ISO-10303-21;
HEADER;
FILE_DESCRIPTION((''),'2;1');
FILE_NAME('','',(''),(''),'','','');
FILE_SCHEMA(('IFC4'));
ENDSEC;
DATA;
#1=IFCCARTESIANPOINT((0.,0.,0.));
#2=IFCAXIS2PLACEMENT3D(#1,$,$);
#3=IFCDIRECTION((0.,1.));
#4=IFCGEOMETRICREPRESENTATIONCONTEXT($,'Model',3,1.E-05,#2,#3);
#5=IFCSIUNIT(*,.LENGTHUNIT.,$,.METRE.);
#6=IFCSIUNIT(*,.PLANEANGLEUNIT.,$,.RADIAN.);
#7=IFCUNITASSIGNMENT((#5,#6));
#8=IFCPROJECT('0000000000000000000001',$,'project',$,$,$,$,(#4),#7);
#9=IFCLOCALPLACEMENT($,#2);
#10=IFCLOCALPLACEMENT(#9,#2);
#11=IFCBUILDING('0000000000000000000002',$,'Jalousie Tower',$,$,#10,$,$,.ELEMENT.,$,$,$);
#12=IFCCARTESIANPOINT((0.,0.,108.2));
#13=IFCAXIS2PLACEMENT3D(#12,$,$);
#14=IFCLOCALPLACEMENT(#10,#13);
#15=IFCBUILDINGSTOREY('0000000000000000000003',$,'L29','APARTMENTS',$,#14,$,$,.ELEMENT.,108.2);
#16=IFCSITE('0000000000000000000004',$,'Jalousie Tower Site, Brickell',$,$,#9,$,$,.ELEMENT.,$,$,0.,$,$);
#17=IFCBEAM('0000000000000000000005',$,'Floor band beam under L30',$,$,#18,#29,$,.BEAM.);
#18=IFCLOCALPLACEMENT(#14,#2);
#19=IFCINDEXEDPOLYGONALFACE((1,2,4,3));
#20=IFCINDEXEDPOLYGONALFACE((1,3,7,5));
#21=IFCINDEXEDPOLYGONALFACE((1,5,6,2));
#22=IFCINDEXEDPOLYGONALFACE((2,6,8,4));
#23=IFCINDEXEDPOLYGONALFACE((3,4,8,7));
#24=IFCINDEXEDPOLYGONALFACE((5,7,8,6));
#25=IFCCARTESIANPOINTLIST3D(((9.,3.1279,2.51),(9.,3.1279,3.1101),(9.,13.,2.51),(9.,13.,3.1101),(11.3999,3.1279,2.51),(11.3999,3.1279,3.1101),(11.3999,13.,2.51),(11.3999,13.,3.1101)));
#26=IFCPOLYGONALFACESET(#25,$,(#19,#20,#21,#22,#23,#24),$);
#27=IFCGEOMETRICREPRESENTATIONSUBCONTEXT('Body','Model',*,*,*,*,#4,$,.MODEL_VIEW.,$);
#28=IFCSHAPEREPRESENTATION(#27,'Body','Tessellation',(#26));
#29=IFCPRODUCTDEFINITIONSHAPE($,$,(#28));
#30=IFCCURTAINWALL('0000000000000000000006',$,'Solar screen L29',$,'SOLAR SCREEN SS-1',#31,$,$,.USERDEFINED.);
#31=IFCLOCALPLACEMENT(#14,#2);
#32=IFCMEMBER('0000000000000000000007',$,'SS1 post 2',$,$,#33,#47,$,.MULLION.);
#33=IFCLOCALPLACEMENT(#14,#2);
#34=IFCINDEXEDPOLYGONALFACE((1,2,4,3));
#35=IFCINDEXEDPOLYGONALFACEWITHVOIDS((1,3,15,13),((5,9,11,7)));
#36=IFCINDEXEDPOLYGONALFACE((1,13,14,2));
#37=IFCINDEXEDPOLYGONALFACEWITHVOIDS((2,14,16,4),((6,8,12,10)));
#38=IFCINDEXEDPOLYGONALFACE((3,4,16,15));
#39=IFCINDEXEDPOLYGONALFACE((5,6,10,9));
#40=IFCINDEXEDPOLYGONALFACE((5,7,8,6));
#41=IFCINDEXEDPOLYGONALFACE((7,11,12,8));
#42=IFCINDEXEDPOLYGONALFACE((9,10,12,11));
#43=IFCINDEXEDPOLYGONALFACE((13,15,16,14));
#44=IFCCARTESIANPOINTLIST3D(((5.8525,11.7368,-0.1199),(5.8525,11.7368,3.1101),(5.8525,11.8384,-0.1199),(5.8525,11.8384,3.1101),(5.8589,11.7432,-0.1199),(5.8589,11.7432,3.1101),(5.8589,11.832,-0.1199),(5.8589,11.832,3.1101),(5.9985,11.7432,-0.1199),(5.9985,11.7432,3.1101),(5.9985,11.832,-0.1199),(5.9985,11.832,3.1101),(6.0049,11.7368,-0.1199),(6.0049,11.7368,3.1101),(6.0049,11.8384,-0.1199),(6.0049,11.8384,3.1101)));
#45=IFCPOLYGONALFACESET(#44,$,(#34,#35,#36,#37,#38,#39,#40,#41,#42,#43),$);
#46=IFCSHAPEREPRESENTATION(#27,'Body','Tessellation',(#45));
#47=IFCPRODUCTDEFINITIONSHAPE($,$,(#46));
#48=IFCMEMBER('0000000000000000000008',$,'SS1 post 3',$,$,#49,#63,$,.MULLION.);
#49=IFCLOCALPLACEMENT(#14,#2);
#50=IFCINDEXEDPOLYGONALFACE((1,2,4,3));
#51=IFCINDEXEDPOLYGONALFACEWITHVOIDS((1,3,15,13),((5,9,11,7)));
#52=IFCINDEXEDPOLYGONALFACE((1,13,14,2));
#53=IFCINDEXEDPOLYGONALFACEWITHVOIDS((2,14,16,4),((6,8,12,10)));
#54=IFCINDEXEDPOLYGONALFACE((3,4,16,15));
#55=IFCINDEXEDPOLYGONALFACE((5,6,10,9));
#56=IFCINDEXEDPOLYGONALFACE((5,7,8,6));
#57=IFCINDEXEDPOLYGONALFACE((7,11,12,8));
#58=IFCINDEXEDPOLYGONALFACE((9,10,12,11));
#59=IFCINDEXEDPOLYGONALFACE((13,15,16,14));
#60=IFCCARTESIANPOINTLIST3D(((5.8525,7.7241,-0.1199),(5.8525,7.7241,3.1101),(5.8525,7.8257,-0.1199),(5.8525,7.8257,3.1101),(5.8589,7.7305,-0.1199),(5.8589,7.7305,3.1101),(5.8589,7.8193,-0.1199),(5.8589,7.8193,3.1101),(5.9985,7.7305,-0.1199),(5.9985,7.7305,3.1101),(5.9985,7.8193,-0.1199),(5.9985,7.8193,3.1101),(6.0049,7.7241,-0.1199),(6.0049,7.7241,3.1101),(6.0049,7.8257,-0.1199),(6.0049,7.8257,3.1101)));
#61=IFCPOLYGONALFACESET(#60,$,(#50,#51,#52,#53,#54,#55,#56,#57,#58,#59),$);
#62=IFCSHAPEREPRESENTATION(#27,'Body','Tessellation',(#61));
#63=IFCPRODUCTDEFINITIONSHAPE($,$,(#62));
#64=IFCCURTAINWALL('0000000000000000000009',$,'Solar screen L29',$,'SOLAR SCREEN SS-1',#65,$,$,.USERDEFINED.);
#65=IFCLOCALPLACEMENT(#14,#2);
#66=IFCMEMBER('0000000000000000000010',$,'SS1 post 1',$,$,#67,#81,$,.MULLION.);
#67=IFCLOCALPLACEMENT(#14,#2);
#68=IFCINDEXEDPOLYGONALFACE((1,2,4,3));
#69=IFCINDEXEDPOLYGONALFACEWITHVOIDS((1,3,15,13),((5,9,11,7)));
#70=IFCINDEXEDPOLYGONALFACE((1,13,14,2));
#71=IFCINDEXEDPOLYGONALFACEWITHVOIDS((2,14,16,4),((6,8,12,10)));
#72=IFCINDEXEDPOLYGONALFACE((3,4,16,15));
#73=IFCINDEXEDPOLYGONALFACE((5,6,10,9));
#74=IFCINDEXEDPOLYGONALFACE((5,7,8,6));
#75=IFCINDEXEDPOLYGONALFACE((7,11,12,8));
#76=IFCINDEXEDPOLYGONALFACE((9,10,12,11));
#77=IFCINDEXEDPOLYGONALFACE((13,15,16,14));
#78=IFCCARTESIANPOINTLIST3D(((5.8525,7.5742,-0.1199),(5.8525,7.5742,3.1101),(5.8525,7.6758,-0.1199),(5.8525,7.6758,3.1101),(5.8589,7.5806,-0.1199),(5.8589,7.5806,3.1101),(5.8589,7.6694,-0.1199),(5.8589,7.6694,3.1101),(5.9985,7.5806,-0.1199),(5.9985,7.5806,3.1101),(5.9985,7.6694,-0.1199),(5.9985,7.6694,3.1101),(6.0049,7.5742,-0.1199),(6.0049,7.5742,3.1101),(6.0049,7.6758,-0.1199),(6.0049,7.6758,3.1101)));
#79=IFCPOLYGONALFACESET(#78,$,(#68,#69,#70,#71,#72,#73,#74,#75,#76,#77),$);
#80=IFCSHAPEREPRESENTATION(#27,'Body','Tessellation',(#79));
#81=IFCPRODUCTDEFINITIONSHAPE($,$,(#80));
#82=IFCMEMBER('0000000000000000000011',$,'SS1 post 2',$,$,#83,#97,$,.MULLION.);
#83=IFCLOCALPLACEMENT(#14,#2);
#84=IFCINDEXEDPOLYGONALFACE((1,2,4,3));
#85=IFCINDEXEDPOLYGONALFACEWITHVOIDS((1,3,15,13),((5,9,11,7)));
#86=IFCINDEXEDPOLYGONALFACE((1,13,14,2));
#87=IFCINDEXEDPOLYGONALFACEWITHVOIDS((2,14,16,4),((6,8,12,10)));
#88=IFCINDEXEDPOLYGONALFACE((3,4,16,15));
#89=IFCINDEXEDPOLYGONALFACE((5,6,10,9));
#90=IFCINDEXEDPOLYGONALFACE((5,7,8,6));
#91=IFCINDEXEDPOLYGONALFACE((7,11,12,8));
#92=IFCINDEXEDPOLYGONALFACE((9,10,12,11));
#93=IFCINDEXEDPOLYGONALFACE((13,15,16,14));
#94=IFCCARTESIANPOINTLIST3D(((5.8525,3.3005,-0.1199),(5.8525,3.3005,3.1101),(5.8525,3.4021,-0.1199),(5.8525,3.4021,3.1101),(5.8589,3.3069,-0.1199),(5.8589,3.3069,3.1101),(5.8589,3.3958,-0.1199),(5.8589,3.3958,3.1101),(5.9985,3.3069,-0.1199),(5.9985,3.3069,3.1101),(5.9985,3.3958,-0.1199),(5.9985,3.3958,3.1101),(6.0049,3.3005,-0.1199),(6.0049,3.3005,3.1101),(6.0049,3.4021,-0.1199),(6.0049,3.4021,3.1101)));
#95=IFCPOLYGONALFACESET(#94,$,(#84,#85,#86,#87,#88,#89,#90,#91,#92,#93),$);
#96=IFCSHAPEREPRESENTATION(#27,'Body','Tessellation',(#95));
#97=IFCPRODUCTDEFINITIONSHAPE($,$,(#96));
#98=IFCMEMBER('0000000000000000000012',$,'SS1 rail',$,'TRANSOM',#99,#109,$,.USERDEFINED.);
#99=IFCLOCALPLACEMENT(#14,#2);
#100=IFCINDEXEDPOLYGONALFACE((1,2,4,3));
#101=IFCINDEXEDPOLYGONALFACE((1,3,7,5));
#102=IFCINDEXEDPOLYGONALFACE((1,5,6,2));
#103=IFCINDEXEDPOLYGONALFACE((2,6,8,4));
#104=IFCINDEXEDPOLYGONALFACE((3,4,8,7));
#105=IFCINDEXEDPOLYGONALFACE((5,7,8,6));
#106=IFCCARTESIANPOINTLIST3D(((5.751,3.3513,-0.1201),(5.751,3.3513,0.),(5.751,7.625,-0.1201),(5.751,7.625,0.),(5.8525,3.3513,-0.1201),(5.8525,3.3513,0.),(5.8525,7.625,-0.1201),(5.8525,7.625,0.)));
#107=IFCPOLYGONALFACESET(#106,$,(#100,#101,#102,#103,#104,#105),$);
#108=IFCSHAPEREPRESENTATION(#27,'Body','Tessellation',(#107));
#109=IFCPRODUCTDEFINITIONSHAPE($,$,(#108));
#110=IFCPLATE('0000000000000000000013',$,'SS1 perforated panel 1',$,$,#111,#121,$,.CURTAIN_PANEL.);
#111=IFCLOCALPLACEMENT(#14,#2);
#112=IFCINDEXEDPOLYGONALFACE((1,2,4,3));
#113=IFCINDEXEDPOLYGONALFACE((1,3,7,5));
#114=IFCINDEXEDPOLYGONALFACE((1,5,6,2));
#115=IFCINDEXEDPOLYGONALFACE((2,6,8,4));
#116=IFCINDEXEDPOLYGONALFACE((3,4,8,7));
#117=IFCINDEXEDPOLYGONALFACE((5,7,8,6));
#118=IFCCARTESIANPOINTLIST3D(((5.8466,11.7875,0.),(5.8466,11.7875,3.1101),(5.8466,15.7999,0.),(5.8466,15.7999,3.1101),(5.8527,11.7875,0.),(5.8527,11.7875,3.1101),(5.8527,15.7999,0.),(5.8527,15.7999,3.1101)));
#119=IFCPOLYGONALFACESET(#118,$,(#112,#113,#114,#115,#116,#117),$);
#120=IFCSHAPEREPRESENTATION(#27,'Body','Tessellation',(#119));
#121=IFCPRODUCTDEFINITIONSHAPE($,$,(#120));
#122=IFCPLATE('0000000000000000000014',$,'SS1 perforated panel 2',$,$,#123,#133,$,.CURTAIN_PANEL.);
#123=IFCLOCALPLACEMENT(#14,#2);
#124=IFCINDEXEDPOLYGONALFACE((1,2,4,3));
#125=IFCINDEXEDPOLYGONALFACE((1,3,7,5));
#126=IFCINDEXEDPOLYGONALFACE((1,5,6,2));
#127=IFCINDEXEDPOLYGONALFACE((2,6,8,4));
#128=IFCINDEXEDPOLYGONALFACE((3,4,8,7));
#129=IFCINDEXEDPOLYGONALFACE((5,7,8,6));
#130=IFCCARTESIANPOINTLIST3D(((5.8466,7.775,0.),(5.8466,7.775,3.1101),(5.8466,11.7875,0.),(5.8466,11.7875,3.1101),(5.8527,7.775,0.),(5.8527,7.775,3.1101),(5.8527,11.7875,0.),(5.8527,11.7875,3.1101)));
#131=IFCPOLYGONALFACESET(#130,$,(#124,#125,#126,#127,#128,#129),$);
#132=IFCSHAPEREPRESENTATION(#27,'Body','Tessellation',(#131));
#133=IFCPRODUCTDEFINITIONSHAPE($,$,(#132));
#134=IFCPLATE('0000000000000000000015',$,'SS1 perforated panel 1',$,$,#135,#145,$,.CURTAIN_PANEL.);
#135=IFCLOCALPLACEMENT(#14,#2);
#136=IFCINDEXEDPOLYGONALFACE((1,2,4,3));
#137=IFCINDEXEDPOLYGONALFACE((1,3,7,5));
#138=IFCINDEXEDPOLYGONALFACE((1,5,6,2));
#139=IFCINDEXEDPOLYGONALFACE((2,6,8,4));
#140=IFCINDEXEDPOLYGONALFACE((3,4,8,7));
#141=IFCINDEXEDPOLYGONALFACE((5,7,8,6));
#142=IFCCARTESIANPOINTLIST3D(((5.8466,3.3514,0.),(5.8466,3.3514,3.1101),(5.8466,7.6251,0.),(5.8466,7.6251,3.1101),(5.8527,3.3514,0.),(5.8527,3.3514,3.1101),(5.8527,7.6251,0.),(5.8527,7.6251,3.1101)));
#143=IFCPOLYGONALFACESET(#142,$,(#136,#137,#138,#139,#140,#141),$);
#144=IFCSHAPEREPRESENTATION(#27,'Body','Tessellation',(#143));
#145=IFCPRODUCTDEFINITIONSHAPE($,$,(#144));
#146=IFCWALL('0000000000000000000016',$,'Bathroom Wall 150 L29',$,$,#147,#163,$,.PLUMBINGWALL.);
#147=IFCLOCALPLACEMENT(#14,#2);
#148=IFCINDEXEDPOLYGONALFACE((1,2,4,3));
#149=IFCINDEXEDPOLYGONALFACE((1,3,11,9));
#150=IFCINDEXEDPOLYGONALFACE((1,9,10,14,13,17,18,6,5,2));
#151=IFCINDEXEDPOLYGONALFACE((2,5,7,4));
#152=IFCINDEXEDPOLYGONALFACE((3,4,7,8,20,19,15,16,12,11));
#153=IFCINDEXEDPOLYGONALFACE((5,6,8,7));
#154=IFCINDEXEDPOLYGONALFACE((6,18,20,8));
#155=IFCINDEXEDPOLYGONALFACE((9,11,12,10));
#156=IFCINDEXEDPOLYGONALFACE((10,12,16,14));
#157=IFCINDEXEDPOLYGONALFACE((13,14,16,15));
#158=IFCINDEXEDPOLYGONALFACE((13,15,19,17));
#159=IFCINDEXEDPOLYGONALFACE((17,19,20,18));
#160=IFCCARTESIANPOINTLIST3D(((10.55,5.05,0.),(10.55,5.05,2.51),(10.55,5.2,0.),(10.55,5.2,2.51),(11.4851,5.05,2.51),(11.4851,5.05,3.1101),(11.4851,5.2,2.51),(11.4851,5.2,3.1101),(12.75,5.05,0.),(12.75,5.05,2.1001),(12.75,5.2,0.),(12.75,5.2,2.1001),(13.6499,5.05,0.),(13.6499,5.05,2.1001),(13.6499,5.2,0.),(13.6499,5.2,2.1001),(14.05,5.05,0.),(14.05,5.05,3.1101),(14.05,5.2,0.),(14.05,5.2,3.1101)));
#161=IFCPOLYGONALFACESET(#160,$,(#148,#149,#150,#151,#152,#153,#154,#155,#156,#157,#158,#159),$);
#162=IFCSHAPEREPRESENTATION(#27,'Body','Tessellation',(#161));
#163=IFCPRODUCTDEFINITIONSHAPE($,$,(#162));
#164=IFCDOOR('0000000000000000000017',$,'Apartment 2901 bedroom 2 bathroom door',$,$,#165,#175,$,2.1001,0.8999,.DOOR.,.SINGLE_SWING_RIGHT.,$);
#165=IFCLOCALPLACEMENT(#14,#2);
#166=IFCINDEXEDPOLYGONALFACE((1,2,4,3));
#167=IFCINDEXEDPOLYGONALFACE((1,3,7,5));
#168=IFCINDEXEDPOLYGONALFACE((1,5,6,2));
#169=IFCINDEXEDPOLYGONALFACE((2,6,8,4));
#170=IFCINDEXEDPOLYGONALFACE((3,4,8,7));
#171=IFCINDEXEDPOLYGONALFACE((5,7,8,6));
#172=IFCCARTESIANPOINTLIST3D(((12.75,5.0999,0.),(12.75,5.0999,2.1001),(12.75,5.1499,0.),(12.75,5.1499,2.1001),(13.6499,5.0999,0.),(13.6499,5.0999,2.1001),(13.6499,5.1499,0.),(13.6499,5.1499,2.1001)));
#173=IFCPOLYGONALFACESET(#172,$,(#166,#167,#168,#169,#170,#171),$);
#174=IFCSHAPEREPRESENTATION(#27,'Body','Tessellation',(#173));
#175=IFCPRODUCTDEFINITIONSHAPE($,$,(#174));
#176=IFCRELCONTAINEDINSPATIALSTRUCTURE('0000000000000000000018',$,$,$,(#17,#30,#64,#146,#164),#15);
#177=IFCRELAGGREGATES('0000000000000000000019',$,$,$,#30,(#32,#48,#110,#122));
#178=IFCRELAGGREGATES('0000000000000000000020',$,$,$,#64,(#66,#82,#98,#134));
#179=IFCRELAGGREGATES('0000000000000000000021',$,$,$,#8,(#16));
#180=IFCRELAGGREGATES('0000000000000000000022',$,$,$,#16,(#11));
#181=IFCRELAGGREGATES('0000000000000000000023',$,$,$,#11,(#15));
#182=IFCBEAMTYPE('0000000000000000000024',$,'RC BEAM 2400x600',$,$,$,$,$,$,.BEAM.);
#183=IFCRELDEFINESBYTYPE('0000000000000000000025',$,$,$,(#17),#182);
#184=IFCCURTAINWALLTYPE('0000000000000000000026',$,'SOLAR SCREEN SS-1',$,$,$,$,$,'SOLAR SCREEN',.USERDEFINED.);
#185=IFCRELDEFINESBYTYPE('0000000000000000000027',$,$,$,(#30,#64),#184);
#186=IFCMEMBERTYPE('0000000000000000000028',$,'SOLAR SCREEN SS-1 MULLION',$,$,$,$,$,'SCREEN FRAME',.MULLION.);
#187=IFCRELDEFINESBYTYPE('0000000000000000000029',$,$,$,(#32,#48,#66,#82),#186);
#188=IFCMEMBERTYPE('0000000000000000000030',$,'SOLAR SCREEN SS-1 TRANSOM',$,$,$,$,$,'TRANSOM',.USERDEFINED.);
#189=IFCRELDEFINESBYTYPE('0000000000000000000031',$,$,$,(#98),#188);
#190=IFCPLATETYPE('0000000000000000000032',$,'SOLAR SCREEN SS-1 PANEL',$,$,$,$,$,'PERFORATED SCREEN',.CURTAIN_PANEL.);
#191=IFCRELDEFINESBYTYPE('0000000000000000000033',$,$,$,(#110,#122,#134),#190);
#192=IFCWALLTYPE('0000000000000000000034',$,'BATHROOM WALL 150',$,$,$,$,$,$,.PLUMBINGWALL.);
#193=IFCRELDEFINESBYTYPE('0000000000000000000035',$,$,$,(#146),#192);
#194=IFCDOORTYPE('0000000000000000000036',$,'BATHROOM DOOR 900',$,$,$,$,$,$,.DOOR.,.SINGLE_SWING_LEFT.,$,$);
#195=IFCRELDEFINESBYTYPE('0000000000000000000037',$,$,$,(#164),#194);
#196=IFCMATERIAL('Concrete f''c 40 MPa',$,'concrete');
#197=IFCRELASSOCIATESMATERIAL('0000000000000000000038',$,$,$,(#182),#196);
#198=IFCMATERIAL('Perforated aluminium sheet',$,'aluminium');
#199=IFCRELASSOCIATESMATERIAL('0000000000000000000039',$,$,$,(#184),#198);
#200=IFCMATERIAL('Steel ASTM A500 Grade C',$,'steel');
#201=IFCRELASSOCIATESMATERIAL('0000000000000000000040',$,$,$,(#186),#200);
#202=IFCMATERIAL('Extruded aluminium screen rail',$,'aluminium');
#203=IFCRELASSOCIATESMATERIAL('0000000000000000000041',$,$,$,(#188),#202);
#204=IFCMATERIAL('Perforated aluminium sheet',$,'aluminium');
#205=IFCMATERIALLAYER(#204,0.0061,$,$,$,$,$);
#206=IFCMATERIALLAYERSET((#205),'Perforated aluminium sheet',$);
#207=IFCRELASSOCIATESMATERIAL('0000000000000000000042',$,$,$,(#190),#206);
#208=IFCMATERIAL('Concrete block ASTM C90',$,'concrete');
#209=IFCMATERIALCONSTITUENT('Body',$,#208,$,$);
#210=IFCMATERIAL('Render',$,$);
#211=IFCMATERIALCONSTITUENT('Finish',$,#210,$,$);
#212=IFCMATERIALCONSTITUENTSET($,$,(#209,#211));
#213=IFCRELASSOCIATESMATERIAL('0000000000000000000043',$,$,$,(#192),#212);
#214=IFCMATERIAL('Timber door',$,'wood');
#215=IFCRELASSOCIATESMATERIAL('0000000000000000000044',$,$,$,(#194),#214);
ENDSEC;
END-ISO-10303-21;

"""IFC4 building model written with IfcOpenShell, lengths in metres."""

from ifc_helpers import new_model, si_unit, direction, frame, frame_2d, origin, origin_2d, place, context, subcontext, project, spatial, polyline, rectangle, hollow_rectangle, outline, extrude, material, layer, layer_set, constituent, constituent_set, material_profile, profile_set, type_object, element, fill, aggregate, save


model = new_model("IFC4")

# Units and contexts
model_context = context("Model", 3, precision=1e-05, world=origin(), true_north=direction((0.0, 1.0)))
body_context = subcontext(model_context, "Body", "Model", "MODEL_VIEW")
ifc_project = project(units=[si_unit("LENGTHUNIT", "METRE"), si_unit("PLANEANGLEUNIT", "RADIAN")], contexts=[model_context])

# Site, building, storey
site_placement = place(None, origin())
site = spatial("IfcSite", under=ifc_project, at=site_placement, Name="Jalousie Tower Site, Brickell", CompositionType="ELEMENT", RefElevation=0.0)
building_placement = place(site_placement, origin())
building = spatial("IfcBuilding", under=site, at=building_placement, Name="Jalousie Tower", CompositionType="ELEMENT")
storey_placement = place(building_placement, frame((0.0, 0.0, 108.2)))
storey = spatial("IfcBuildingStorey", under=building, at=storey_placement, Name="L29", Description="APARTMENTS", CompositionType="ELEMENT", Elevation=108.2)

# Beam
ifc_material_1 = material(Name="Concrete f'c 40 MPa", Category="concrete")
ifc_material_profile_1 = material_profile(ifc_material_1, rectangle(XDim=2.3999, YDim=0.6001, at=origin_2d()), Name="RC 2400x600")
ifc_profile_set_1 = profile_set([ifc_material_profile_1], Name="Concrete f'c 40 MPa")
beam_type_1 = type_object("IfcBeamType", Name="RC BEAM 2400x600", PredefinedType="BEAM", material=ifc_profile_set_1)
beam_1_placement = place(storey_placement, frame((10.2, 13.0, 2.8101), z_axis=(0.0, -1.0, 0.0), x_axis=(1.0, 0.0, 0.0)))
element("IfcBeam", 1, at=beam_1_placement, inside=storey, type_object=beam_type_1, Name="Floor band beam under L30", PredefinedType="BEAM", context=body_context, shape_type="SweptSolid", body=[
    extrude(rectangle(XDim=2.3999, YDim=0.6001, at=origin_2d()), origin(), (0.0, 0.0, 1.0), 9.8721),
])

# Curtain walls, members
ifc_material_2 = material(Name="Perforated aluminium sheet", Category="aluminium")
curtain_wall_type = type_object("IfcCurtainWallType", Name="SOLAR SCREEN SS-1", ElementType="SOLAR SCREEN", PredefinedType="USERDEFINED", material=ifc_material_2)
curtain_wall_1_placement = place(storey_placement, origin())
curtain_wall_1 = element("IfcCurtainWall", 2, at=curtain_wall_1_placement, inside=storey, type_object=curtain_wall_type, Name="Solar screen L29", ObjectType="SOLAR SCREEN SS-1", PredefinedType="USERDEFINED")
ifc_material_3 = material(Name="Steel ASTM A500 Grade C", Category="steel")
ifc_material_profile_2 = material_profile(ifc_material_3, hollow_rectangle(XDim=0.1016, YDim=0.1523, WallThickness=0.0063, at=origin_2d()), Name="HSS6X4X1/4")
ifc_profile_set_2 = profile_set([ifc_material_profile_2], Name="Steel ASTM A500 Grade C")
member_type_1 = type_object("IfcMemberType", Name="SOLAR SCREEN SS-1 MULLION", ElementType="SCREEN FRAME", PredefinedType="MULLION", material=ifc_profile_set_2)
member_1_placement = place(storey_placement, frame((5.9287, 11.7876, -0.1199), z_axis=(0.0, 0.0, 1.0), x_axis=(0.0, -1.0, 0.0)))
member_1 = element("IfcMember", 3, at=member_1_placement, type_object=member_type_1, Name="SS1 post 2", PredefinedType="MULLION", context=body_context, shape_type="SweptSolid", body=[
    extrude(hollow_rectangle(XDim=0.1016, YDim=0.1523, WallThickness=0.0063, at=origin_2d()), origin(), (0.0, 0.0, 1.0), 3.23),
])
member_2_placement = place(storey_placement, frame((5.9287, 7.7749, -0.1199), z_axis=(0.0, 0.0, 1.0), x_axis=(0.0, -1.0, 0.0)))
member_2 = element("IfcMember", 4, at=member_2_placement, type_object=member_type_1, Name="SS1 post 3", PredefinedType="MULLION", context=body_context, shape_type="SweptSolid", body=[
    extrude(hollow_rectangle(XDim=0.1016, YDim=0.1523, WallThickness=0.0063, at=origin_2d()), origin(), (0.0, 0.0, 1.0), 3.23),
])
curtain_wall_2_placement = place(storey_placement, origin())
curtain_wall_2 = element("IfcCurtainWall", 5, at=curtain_wall_2_placement, inside=storey, type_object=curtain_wall_type, Name="Solar screen L29", ObjectType="SOLAR SCREEN SS-1", PredefinedType="USERDEFINED")
member_3_placement = place(storey_placement, frame((5.9287, 7.625, -0.1199), z_axis=(0.0, 0.0, 1.0), x_axis=(0.0, -1.0, 0.0)))
member_3 = element("IfcMember", 6, at=member_3_placement, type_object=member_type_1, Name="SS1 post 1", PredefinedType="MULLION", context=body_context, shape_type="SweptSolid", body=[
    extrude(hollow_rectangle(XDim=0.1016, YDim=0.1523, WallThickness=0.0063, at=origin_2d()), origin(), (0.0, 0.0, 1.0), 3.23),
])
member_4_placement = place(storey_placement, frame((5.9287, 3.3513, -0.1199), z_axis=(0.0, 0.0, 1.0), x_axis=(0.0, -1.0, 0.0)))
member_4 = element("IfcMember", 7, at=member_4_placement, type_object=member_type_1, Name="SS1 post 2", PredefinedType="MULLION", context=body_context, shape_type="SweptSolid", body=[
    extrude(hollow_rectangle(XDim=0.1016, YDim=0.1523, WallThickness=0.0063, at=origin_2d()), origin(), (0.0, 0.0, 1.0), 3.23),
])
ifc_material_4 = material(Name="Extruded aluminium screen rail", Category="aluminium")
ifc_material_profile_3 = material_profile(ifc_material_4, rectangle(XDim=0.1016, YDim=0.1201, at=origin_2d()), Name="RAIL 102x120")
ifc_profile_set_3 = profile_set([ifc_material_profile_3], Name="Extruded aluminium screen rail")
member_type_2 = type_object("IfcMemberType", Name="SOLAR SCREEN SS-1 TRANSOM", ElementType="TRANSOM", PredefinedType="USERDEFINED", material=ifc_profile_set_3)
member_5_placement = place(storey_placement, frame((5.8018, 7.625, -0.0601), z_axis=(0.0, -1.0, 0.0), x_axis=(1.0, 0.0, 0.0)))
member_5 = element("IfcMember", 8, at=member_5_placement, type_object=member_type_2, Name="SS1 rail", ObjectType="TRANSOM", PredefinedType="USERDEFINED", context=body_context, shape_type="SweptSolid", body=[
    extrude(rectangle(XDim=0.1016, YDim=0.1201, at=origin_2d()), origin(), (0.0, 0.0, 1.0), 4.2737),
])

# Plates
ifc_material_5 = material(Name="Perforated aluminium sheet", Category="aluminium")
ifc_layer_1 = layer(ifc_material_5, 0.0061)
ifc_layer_set_1 = layer_set([ifc_layer_1], Name="Perforated aluminium sheet")
plate_type = type_object("IfcPlateType", Name="SOLAR SCREEN SS-1 PANEL", ElementType="PERFORATED SCREEN", PredefinedType="CURTAIN_PANEL", material=ifc_layer_set_1)
plate_1_placement = place(storey_placement, frame((5.8496, 13.7937, 0.0), z_axis=(0.0, 0.0, 1.0), x_axis=(0.0, -1.0, 0.0)))
plate_1 = element("IfcPlate", 9, at=plate_1_placement, type_object=plate_type, Name="SS1 perforated panel 1", PredefinedType="CURTAIN_PANEL", context=body_context, shape_type="SweptSolid", body=[
    extrude(rectangle(XDim=4.0125, YDim=0.0061, at=origin_2d()), origin(), (0.0, 0.0, 1.0), 3.1101),
])
plate_2_placement = place(storey_placement, frame((5.8496, 9.7812, 0.0), z_axis=(0.0, 0.0, 1.0), x_axis=(0.0, -1.0, 0.0)))
plate_2 = element("IfcPlate", 10, at=plate_2_placement, type_object=plate_type, Name="SS1 perforated panel 2", PredefinedType="CURTAIN_PANEL", context=body_context, shape_type="SweptSolid", body=[
    extrude(rectangle(XDim=4.0125, YDim=0.0061, at=origin_2d()), origin(), (0.0, 0.0, 1.0), 3.1101),
])
aggregate(curtain_wall_1, [member_1, member_2, plate_1, plate_2])
plate_3_placement = place(storey_placement, frame((5.8496, 5.4883, 0.0), z_axis=(0.0, 0.0, 1.0), x_axis=(0.0, -1.0, 0.0)))
plate_3 = element("IfcPlate", 11, at=plate_3_placement, type_object=plate_type, Name="SS1 perforated panel 1", PredefinedType="CURTAIN_PANEL", context=body_context, shape_type="SweptSolid", body=[
    extrude(rectangle(XDim=4.2737, YDim=0.0061, at=origin_2d()), origin(), (0.0, 0.0, 1.0), 3.1101),
])
aggregate(curtain_wall_2, [member_3, member_4, member_5, plate_3])

# Wall, opening, door
ifc_material_6 = material(Name="Concrete block ASTM C90", Category="concrete")
ifc_constituent_1 = constituent(ifc_material_6, Name="Body")
ifc_material_7 = material(Name="Render")
ifc_constituent_2 = constituent(ifc_material_7, Name="Finish")
ifc_constituent_set_1 = constituent_set(constituents=[ifc_constituent_1, ifc_constituent_2])
wall_type_1 = type_object("IfcWallType", Name="BATHROOM WALL 150", PredefinedType="PLUMBINGWALL", material=ifc_constituent_set_1)
wall_1_placement = place(storey_placement, frame((10.55, 5.125, 0.0), z_axis=(0.0, 0.0, 1.0), x_axis=(1.0, 0.0, 0.0)))
wall_1 = element("IfcWall", 12, at=wall_1_placement, inside=storey, type_object=wall_type_1, Name="Bathroom Wall 150 L29", PredefinedType="PLUMBINGWALL", context=body_context, shape_type="SweptSolid", body=[
    extrude(outline(polyline([(0.0, 0.0), (3.5, 0.0), (3.5, 3.1101), (0.9351, 3.1101), (0.9351, 2.51), (0.0, 2.51), (0.0, 3.1101), (0.0, 0.0)])), frame((0.0, 0.075, 0.0), z_axis=(0.0, -1.0, 0.0), x_axis=(1.0, 0.0, 0.0)), (0.0, 0.0, 1.0), 0.1499),
])
opening_1_placement = place(wall_1_placement, frame((2.2, 0.0, 0.0)))
opening_1 = element("IfcOpeningElement", 13, at=opening_1_placement, cuts=wall_1, PredefinedType="OPENING", context=body_context, shape_type="SweptSolid", body=[
    extrude(rectangle(XDim=0.8999, YDim=2.1001, at=frame_2d((0.45, 1.05))), frame((0.0, 0.085, 0.0), z_axis=(0.0, -1.0, 0.0), x_axis=(1.0, 0.0, 0.0)), (0.0, 0.0, 1.0), 0.1699),
])
ifc_material_8 = material(Name="Timber door", Category="wood")
door_type_1 = type_object("IfcDoorType", Name="BATHROOM DOOR 900", OperationType="SINGLE_SWING_LEFT", PredefinedType="DOOR", material=ifc_material_8)
door_1_placement = place(opening_1_placement, origin())
door_1 = element("IfcDoor", 14, at=door_1_placement, inside=storey, type_object=door_type_1, Name="Apartment 2901 bedroom 2 bathroom door", OperationType="SINGLE_SWING_RIGHT", OverallHeight=2.1001, OverallWidth=0.8999, PredefinedType="DOOR", context=body_context, shape_type="SweptSolid", body=[
    extrude(rectangle(XDim=0.8999, YDim=2.1001, at=frame_2d((0.45, 1.05))), frame((0.0, 0.0249, 0.0), z_axis=(0.0, -1.0, 0.0), x_axis=(1.0, 0.0, 0.0)), (0.0, 0.0, 1.0), 0.05),
])
fill(opening_1, door_1)

save(model, "model.ifc")
